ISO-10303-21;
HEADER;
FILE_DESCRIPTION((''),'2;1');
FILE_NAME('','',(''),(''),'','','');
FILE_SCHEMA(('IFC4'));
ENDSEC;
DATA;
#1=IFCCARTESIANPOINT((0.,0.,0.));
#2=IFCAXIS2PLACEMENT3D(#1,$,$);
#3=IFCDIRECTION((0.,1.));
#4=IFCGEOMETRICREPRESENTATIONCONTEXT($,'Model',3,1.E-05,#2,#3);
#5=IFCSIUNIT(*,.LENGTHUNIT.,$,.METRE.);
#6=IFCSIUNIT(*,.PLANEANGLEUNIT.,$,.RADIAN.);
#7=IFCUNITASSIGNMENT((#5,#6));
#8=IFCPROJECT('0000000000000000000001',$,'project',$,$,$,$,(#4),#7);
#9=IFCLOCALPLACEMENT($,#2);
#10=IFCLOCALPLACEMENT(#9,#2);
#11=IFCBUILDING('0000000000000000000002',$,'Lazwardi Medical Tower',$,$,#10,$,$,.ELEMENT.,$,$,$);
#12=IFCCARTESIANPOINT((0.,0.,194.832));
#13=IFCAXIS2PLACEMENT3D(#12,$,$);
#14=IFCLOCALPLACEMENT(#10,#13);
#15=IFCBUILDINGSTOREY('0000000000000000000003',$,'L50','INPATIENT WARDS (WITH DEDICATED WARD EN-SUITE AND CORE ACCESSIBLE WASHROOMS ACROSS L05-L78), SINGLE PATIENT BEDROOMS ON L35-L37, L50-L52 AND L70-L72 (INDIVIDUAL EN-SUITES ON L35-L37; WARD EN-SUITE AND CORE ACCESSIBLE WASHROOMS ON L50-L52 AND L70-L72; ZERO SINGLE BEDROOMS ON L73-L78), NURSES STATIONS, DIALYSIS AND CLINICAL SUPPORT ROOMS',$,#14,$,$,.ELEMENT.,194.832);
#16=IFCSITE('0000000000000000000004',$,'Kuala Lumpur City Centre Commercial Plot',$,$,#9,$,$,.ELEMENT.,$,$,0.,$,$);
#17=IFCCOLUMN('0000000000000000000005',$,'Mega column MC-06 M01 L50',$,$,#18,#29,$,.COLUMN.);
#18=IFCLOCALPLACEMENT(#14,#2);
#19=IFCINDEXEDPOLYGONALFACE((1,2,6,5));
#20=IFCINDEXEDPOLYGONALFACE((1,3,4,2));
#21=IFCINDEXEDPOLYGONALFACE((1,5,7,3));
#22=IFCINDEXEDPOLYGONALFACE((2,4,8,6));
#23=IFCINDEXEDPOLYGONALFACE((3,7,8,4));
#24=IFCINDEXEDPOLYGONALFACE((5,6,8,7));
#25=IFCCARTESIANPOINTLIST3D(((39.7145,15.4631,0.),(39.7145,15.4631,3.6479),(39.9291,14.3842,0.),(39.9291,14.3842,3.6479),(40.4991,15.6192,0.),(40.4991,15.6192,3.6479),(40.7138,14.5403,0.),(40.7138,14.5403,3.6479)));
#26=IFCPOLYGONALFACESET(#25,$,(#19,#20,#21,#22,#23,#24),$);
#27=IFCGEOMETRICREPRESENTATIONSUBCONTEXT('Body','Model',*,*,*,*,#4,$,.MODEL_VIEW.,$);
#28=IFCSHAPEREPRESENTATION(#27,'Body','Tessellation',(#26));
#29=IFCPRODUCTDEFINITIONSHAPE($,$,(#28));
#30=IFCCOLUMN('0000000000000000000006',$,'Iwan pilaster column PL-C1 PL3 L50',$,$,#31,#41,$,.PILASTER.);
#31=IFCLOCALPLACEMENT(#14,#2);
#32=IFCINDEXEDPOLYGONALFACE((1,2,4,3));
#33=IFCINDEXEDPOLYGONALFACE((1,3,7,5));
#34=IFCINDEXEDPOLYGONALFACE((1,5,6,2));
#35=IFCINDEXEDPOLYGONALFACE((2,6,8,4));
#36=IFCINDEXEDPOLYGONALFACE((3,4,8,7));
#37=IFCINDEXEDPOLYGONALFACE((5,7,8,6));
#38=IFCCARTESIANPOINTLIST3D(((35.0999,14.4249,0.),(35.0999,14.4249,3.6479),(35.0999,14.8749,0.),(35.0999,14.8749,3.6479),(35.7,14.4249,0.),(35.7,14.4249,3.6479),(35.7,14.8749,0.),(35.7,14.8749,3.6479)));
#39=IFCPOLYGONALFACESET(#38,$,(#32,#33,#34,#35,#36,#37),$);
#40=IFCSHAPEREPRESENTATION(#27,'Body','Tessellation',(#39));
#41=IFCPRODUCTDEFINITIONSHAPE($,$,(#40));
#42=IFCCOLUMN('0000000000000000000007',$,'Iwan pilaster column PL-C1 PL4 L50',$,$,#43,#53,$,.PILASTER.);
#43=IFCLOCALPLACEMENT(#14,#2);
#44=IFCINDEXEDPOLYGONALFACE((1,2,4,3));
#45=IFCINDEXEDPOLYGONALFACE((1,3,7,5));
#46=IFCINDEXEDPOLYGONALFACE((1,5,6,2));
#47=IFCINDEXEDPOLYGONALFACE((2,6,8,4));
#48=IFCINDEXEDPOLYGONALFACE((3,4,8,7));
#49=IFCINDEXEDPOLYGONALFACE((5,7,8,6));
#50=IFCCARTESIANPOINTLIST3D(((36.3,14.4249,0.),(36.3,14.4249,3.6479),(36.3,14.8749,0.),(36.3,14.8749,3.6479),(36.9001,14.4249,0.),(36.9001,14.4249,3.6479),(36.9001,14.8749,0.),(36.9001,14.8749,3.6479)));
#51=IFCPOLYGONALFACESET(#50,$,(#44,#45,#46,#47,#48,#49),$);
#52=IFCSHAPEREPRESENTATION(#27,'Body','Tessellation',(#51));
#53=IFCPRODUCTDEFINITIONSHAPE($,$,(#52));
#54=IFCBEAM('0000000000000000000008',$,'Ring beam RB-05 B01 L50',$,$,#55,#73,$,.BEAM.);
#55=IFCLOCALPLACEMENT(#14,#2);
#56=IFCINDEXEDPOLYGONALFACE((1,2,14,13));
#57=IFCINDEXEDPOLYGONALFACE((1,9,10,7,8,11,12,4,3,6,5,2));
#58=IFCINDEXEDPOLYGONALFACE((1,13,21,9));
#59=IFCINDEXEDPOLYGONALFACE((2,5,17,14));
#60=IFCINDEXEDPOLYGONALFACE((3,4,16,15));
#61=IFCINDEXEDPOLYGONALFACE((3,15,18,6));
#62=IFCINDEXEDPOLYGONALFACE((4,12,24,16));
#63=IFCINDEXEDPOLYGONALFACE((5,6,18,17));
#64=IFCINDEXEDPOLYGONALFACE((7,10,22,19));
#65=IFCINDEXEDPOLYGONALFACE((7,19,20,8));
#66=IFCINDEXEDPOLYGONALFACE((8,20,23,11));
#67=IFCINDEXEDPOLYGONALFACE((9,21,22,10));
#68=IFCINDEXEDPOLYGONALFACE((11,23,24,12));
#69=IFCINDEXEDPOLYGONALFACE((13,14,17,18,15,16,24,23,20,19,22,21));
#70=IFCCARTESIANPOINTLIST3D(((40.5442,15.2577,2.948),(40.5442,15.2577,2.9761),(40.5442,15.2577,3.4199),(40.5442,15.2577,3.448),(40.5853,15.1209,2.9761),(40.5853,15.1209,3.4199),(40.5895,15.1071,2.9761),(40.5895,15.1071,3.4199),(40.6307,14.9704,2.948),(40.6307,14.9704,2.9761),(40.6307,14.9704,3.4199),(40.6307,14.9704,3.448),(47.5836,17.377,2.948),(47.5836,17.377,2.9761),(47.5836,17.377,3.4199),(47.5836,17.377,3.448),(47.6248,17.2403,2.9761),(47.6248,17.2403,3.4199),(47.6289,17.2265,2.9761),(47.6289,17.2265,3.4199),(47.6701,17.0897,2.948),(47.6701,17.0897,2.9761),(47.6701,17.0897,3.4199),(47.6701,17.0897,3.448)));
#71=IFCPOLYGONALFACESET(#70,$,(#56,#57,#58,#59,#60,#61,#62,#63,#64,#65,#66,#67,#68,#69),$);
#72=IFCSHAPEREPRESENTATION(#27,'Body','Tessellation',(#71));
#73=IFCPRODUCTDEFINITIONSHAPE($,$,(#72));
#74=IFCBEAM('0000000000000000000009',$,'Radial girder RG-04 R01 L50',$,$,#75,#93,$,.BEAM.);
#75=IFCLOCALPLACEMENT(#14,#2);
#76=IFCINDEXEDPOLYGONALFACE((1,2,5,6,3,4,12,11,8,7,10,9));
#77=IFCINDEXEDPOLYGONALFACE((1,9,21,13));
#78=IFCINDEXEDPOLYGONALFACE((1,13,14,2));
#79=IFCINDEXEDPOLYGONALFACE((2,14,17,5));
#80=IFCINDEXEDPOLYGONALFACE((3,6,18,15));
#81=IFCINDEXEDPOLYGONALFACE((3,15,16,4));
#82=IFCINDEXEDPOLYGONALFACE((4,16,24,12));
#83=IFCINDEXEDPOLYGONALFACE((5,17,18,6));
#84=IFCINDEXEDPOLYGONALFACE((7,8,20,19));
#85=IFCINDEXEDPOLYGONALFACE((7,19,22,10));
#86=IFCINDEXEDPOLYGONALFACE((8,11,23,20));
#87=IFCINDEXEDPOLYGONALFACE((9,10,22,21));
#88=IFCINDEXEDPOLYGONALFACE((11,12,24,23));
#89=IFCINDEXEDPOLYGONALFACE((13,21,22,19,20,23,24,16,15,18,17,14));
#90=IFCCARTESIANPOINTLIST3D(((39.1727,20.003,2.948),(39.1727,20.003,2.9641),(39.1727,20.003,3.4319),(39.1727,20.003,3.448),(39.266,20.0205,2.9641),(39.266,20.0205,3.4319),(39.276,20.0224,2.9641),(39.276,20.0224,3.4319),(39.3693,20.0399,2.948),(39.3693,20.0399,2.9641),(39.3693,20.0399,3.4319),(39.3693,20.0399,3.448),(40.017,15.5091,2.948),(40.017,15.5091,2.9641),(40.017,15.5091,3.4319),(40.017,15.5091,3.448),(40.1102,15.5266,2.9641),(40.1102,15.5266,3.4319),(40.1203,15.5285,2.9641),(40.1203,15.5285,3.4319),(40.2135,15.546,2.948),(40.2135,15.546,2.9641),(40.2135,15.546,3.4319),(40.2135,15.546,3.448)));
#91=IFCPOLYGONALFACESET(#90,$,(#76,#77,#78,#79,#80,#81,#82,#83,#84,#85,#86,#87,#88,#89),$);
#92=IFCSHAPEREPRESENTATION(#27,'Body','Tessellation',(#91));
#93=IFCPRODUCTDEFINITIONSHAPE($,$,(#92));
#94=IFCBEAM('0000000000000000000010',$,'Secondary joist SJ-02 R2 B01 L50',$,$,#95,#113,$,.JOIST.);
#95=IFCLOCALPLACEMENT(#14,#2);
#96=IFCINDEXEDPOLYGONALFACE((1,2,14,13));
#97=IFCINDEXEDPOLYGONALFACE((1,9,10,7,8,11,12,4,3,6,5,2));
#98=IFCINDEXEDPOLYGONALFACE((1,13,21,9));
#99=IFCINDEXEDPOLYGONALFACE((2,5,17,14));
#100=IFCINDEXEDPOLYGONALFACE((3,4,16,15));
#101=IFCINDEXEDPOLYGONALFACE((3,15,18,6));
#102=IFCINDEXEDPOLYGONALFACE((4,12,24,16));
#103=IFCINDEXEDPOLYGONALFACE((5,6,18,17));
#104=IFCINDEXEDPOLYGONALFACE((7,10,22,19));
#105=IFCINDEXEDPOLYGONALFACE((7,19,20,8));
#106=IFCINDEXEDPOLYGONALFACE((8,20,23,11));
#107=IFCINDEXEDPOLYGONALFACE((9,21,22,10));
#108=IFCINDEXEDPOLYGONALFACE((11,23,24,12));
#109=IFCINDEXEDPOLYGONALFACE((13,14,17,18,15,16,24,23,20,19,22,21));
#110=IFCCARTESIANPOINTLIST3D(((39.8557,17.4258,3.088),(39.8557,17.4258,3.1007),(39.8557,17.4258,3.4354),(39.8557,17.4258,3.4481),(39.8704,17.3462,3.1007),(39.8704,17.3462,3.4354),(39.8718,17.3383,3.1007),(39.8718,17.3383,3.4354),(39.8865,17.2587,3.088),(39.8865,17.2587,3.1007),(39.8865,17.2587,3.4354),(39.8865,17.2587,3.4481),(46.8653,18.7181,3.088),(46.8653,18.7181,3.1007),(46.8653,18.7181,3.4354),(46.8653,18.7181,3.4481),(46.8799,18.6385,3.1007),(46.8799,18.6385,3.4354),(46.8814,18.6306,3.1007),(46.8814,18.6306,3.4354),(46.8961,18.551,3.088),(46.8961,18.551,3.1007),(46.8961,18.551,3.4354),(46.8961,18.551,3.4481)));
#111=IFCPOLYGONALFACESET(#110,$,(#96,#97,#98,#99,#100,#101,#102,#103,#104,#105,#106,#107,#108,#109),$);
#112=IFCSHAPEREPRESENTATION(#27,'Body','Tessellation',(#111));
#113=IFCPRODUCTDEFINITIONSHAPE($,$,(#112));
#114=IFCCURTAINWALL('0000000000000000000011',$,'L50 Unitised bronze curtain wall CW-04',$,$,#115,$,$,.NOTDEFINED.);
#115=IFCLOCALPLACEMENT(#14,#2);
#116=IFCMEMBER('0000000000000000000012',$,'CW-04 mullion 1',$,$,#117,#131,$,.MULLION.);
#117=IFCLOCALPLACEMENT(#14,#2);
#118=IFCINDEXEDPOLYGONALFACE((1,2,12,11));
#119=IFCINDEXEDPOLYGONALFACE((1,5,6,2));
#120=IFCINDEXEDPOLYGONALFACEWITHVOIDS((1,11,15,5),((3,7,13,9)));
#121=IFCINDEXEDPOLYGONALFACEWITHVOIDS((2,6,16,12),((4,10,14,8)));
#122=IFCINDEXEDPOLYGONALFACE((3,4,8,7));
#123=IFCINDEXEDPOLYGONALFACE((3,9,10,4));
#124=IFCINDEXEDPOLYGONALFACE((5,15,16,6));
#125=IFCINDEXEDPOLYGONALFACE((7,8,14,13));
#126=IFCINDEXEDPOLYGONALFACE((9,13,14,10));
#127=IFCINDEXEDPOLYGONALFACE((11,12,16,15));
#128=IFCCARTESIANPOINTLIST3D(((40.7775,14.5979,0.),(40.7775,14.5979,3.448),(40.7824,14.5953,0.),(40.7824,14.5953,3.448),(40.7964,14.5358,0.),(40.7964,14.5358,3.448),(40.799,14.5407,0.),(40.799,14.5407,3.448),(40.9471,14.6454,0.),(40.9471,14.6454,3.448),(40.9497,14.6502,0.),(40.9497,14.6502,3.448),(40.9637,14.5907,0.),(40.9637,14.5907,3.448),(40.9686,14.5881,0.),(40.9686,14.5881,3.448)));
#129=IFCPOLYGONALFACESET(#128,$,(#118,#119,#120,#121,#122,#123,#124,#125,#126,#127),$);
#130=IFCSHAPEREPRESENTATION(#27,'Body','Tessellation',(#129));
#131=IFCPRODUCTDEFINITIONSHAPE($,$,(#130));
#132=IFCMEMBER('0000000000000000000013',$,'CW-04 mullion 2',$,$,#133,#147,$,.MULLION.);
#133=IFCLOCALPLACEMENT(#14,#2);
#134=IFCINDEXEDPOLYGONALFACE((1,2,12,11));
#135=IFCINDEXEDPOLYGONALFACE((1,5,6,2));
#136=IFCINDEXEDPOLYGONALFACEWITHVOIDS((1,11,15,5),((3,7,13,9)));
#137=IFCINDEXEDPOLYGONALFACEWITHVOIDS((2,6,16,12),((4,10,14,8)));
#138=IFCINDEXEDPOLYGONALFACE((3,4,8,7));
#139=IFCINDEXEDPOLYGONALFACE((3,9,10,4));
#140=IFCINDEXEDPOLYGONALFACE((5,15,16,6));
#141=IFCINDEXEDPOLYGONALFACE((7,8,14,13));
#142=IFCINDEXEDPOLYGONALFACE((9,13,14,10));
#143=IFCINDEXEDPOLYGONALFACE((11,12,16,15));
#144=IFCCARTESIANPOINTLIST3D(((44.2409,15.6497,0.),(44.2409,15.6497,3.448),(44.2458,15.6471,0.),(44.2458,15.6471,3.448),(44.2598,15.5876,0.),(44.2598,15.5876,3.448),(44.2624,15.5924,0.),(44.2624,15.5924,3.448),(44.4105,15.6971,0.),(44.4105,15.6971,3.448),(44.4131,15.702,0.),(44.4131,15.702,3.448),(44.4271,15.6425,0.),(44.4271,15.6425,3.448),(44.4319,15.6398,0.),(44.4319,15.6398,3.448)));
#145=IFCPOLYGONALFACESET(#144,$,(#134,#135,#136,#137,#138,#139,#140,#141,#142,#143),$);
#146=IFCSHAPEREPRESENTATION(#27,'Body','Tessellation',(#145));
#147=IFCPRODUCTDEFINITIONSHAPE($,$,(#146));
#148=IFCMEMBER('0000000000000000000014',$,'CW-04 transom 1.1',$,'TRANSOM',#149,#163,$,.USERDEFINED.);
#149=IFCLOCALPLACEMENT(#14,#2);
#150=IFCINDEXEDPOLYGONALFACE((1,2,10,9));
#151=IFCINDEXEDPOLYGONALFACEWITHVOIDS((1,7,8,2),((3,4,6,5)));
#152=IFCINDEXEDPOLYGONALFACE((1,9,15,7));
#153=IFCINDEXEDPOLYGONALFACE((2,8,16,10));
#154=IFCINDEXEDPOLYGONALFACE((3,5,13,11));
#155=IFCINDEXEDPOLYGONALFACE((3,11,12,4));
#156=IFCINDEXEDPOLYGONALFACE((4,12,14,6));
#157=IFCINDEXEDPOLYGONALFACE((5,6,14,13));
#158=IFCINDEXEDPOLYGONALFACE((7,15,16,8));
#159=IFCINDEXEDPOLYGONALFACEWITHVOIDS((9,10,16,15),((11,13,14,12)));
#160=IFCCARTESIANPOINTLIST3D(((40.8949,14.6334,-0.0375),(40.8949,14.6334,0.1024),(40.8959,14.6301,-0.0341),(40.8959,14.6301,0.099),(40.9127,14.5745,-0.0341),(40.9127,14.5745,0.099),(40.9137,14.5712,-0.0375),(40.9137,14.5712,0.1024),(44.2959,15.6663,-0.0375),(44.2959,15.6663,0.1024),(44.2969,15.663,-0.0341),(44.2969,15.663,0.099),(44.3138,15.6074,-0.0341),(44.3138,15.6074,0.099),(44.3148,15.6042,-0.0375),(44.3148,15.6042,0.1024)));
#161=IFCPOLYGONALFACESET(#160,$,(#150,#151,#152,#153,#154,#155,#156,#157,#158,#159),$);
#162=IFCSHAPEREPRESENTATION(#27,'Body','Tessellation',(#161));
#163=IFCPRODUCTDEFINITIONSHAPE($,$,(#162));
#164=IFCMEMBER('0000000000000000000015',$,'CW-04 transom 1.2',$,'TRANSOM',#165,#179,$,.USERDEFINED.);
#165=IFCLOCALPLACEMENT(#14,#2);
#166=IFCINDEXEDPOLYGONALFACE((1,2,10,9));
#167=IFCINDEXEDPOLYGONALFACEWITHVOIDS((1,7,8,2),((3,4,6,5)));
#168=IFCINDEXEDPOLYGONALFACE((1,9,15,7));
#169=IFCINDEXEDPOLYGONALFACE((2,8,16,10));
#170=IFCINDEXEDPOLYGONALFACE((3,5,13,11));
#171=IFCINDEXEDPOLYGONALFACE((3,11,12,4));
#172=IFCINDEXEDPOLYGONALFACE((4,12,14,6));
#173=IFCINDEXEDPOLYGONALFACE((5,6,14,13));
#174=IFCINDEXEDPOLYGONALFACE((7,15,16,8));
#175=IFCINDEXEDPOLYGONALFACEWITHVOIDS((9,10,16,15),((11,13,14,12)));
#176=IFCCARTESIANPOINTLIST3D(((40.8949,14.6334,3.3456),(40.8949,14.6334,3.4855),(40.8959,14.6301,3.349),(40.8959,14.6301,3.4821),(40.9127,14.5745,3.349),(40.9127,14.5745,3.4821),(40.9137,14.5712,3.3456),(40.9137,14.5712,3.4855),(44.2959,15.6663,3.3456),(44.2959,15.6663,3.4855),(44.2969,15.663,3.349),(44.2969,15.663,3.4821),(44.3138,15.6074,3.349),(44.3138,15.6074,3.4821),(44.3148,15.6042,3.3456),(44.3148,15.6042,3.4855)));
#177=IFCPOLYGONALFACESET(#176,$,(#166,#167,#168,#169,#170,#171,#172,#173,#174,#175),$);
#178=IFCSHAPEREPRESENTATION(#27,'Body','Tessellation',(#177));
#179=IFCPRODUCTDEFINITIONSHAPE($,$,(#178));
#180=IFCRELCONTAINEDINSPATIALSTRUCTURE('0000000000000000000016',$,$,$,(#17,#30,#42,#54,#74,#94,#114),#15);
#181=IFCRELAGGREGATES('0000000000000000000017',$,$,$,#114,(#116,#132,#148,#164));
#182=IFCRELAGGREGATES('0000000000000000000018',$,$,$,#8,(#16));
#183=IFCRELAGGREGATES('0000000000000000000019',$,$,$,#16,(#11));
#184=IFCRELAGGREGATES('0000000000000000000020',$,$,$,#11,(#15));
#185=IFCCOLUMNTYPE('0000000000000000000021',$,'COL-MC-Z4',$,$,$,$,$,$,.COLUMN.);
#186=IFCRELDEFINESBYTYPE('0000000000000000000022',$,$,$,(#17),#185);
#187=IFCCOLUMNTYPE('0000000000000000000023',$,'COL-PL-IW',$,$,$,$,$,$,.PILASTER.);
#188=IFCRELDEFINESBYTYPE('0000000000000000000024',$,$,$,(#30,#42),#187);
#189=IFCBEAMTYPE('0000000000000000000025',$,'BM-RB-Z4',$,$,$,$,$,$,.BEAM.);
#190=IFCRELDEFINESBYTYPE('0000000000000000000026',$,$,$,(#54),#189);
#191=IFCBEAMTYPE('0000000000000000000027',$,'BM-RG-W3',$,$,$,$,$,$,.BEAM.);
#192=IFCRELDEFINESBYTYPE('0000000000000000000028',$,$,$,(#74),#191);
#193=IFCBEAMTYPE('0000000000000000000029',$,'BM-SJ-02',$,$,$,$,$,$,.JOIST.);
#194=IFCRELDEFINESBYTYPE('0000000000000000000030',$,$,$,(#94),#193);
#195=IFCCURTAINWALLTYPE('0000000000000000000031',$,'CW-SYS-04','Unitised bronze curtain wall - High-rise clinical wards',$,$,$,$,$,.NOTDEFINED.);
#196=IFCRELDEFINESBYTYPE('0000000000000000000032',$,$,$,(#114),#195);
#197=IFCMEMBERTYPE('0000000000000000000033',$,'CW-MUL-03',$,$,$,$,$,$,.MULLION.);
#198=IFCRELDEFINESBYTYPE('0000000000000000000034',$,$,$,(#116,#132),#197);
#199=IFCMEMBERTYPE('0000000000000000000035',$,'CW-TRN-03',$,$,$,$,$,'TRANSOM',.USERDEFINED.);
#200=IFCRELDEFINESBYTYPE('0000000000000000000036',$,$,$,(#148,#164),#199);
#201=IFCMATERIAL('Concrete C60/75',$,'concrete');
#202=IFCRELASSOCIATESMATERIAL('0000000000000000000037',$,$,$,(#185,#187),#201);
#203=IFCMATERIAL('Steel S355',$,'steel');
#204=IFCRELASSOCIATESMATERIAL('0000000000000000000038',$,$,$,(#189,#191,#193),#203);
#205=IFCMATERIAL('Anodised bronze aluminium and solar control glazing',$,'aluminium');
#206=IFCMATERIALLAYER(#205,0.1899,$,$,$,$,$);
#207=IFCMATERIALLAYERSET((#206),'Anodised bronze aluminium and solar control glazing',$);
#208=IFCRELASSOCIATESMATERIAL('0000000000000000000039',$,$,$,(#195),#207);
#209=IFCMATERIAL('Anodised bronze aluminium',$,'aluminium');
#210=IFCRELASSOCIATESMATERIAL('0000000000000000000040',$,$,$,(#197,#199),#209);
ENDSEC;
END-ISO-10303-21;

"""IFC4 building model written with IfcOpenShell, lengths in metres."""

from ifc_helpers import new_model, si_unit, direction, frame, origin, origin_2d, place, context, subcontext, project, spatial, rectangle, hollow_rectangle, i_section, extrude, material, layer, layer_set, material_profile, profile_set, type_object, element, aggregate, save


model = new_model("IFC4")

# Units and contexts
model_context = context("Model", 3, precision=1e-05, world=origin(), true_north=direction((0.0, 1.0)))
body_context = subcontext(model_context, "Body", "Model", "MODEL_VIEW")
ifc_project = project(units=[si_unit("LENGTHUNIT", "METRE"), si_unit("PLANEANGLEUNIT", "RADIAN")], contexts=[model_context])

# Site, building, storey
site_placement = place(None, origin())
site = spatial("IfcSite", under=ifc_project, at=site_placement, Name="Kuala Lumpur City Centre Commercial Plot", CompositionType="ELEMENT", RefElevation=0.0)
building_placement = place(site_placement, origin())
building = spatial("IfcBuilding", under=site, at=building_placement, Name="Lazwardi Medical Tower", CompositionType="ELEMENT")
storey_placement = place(building_placement, frame((0.0, 0.0, 194.832)))
storey = spatial("IfcBuildingStorey", under=building, at=storey_placement, Name="L50", Description="INPATIENT WARDS (WITH DEDICATED WARD EN-SUITE AND CORE ACCESSIBLE WASHROOMS ACROSS L05-L78), SINGLE PATIENT BEDROOMS ON L35-L37, L50-L52 AND L70-L72 (INDIVIDUAL EN-SUITES ON L35-L37; WARD EN-SUITE AND CORE ACCESSIBLE WASHROOMS ON L50-L52 AND L70-L72; ZERO SINGLE BEDROOMS ON L73-L78), NURSES STATIONS, DIALYSIS AND CLINICAL SUPPORT ROOMS", CompositionType="ELEMENT", Elevation=194.832)

# Columns
ifc_material_1 = material(Name="Concrete C60/75", Category="concrete")
ifc_material_profile_1 = material_profile(ifc_material_1, rectangle(XDim=1.1001, YDim=0.8, at=origin_2d()), Name="CFT-RECT 1100x800")
ifc_profile_set_1 = profile_set([ifc_material_profile_1], Name="Concrete C60/75")
column_type_1 = type_object("IfcColumnType", Name="COL-MC-Z4", PredefinedType="COLUMN", material=ifc_profile_set_1)
column_placement = place(storey_placement, frame((40.2141, 15.0017, 0.0), z_axis=(0.0, 0.0, 1.0), x_axis=(0.19509, -0.980785, 0.0)))
element("IfcColumn", 1, at=column_placement, inside=storey, type_object=column_type_1, Name="Mega column MC-06 M01 L50", PredefinedType="COLUMN", context=body_context, shape_type="SweptSolid", body=[
    extrude(rectangle(XDim=1.1001, YDim=0.8, at=origin_2d()), origin(), (0.0, 0.0, 1.0), 3.6479),
])
ifc_material_profile_2 = material_profile(ifc_material_1, rectangle(XDim=0.6001, YDim=0.45, at=origin_2d()), Name="RC 600x450")
ifc_profile_set_2 = profile_set([ifc_material_profile_2], Name="Concrete C60/75")
column_type_2 = type_object("IfcColumnType", Name="COL-PL-IW", PredefinedType="PILASTER", material=ifc_profile_set_2)
for number, where, z_axis, x_axis, name in (
    (2, (35.3999, 14.6499, 0.0), (0.0, 0.0, 1.0), (1.0, 0.0, 0.0), "Iwan pilaster column PL-C1 PL3 L50"),
    (3, (36.6001, 14.6499, 0.0), (0.0, 0.0, 1.0), (1.0, 0.0, 0.0), "Iwan pilaster column PL-C1 PL4 L50"),
):
    element("IfcColumn", number, at=place(storey_placement, frame(where, z_axis=z_axis, x_axis=x_axis)), inside=storey, type_object=column_type_2, Name=name, PredefinedType="PILASTER", context=body_context, shape_type="SweptSolid", body=[
        extrude(rectangle(XDim=0.6001, YDim=0.45, at=origin_2d()), origin(), (0.0, 0.0, 1.0), 3.6479),
    ])

# Beams
ifc_material_2 = material(Name="Steel S355", Category="steel")
ifc_material_profile_3 = material_profile(ifc_material_2, i_section(OverallWidth=0.3, OverallDepth=0.5, WebThickness=0.0144, FlangeThickness=0.0281, at=origin_2d()), Name="HEB 500")
ifc_profile_set_3 = profile_set([ifc_material_profile_3], Name="Steel S355")
beam_type_1 = type_object("IfcBeamType", Name="BM-RB-Z4", PredefinedType="BEAM", material=ifc_profile_set_3)
beam_1_placement = place(storey_placement, frame((40.5874, 15.114, 3.198), z_axis=(0.957544, 0.288286, 0.0), x_axis=(-0.288286, 0.957544, 0.0)))
element("IfcBeam", 4, at=beam_1_placement, inside=storey, type_object=beam_type_1, Name="Ring beam RB-05 B01 L50", PredefinedType="BEAM", context=body_context, shape_type="SweptSolid", body=[
    extrude(i_section(OverallWidth=0.3, OverallDepth=0.5, WebThickness=0.0144, FlangeThickness=0.0281, at=origin_2d()), origin(), (0.0, 0.0, 1.0), 7.3516),
])
ifc_material_profile_4 = material_profile(ifc_material_2, i_section(OverallWidth=0.2, OverallDepth=0.5, WebThickness=0.0103, FlangeThickness=0.0161, at=origin_2d()), Name="IPE 500")
ifc_profile_set_4 = profile_set([ifc_material_profile_4], Name="Steel S355")
beam_type_2 = type_object("IfcBeamType", Name="BM-RG-W3", PredefinedType="BEAM", material=ifc_profile_set_4)
beam_2_placement = place(storey_placement, frame((40.1152, 15.5276, 3.198), z_axis=(-0.184633, 0.982807, 0.0), x_axis=(-0.982807, -0.184633, 0.0)))
element("IfcBeam", 5, at=beam_2_placement, inside=storey, type_object=beam_type_2, Name="Radial girder RG-04 R01 L50", PredefinedType="BEAM", context=body_context, shape_type="SweptSolid", body=[
    extrude(i_section(OverallWidth=0.2, OverallDepth=0.5, WebThickness=0.0103, FlangeThickness=0.0161, at=origin_2d()), origin(), (0.0, 0.0, 1.0), 4.5725),
])
ifc_material_profile_5 = material_profile(ifc_material_2, i_section(OverallWidth=0.1699, OverallDepth=0.3601, WebThickness=0.0081, FlangeThickness=0.0127, at=origin_2d()), Name="IPE 360")
ifc_profile_set_5 = profile_set([ifc_material_profile_5], Name="Steel S355")
beam_type_3 = type_object("IfcBeamType", Name="BM-SJ-02", PredefinedType="JOIST", material=ifc_profile_set_5)
beam_3_placement = place(storey_placement, frame((39.8711, 17.3423, 3.2681), z_axis=(0.983428, 0.181299, 0.0), x_axis=(-0.181299, 0.983428, 0.0)))
element("IfcBeam", 6, at=beam_3_placement, inside=storey, type_object=beam_type_3, Name="Secondary joist SJ-02 R2 B01 L50", PredefinedType="JOIST", context=body_context, shape_type="SweptSolid", body=[
    extrude(i_section(OverallWidth=0.1699, OverallDepth=0.3601, WebThickness=0.0081, FlangeThickness=0.0127, at=origin_2d()), origin(), (0.0, 0.0, 1.0), 7.1277),
])

# Curtain wall, members
ifc_material_3 = material(Name="Anodised bronze aluminium and solar control glazing", Category="aluminium")
ifc_layer_1 = layer(ifc_material_3, 0.1899)
ifc_layer_set_1 = layer_set([ifc_layer_1], Name="Anodised bronze aluminium and solar control glazing")
curtain_wall_type = type_object("IfcCurtainWallType", Name="CW-SYS-04", Description="Unitised bronze curtain wall - High-rise clinical wards", PredefinedType="NOTDEFINED", material=ifc_layer_set_1)
curtain_wall_placement = place(storey_placement, origin())
curtain_wall = element("IfcCurtainWall", 7, at=curtain_wall_placement, inside=storey, type_object=curtain_wall_type, Name="L50 Unitised bronze curtain wall CW-04", PredefinedType="NOTDEFINED")
ifc_material_4 = material(Name="Anodised bronze aluminium", Category="aluminium")
ifc_material_profile_6 = material_profile(ifc_material_4, hollow_rectangle(XDim=0.0649, YDim=0.1799, WallThickness=0.0039, at=origin_2d()), Name="ALU-MULLION 180x65x4")
ifc_profile_set_6 = profile_set([ifc_material_profile_6], Name="Anodised bronze aluminium")
member_type_1 = type_object("IfcMemberType", Name="CW-MUL-03", PredefinedType="MULLION", material=ifc_profile_set_6)
member_1_placement = place(storey_placement, frame((40.873, 14.593, 0.0), z_axis=(0.0, 0.0, 1.0), x_axis=(-0.290582, 0.95685, 0.0)))
member_1 = element("IfcMember", 8, at=member_1_placement, type_object=member_type_1, Name="CW-04 mullion 1", PredefinedType="MULLION", context=body_context, shape_type="SweptSolid", body=[
    extrude(hollow_rectangle(XDim=0.0649, YDim=0.1799, WallThickness=0.0039, at=origin_2d()), origin(), (0.0, 0.0, 1.0), 3.448),
])
member_2_placement = place(storey_placement, frame((44.3364, 15.6448, 0.0), z_axis=(0.0, 0.0, 1.0), x_axis=(-0.290582, 0.95685, 0.0)))
member_2 = element("IfcMember", 9, at=member_2_placement, type_object=member_type_1, Name="CW-04 mullion 2", PredefinedType="MULLION", context=body_context, shape_type="SweptSolid", body=[
    extrude(hollow_rectangle(XDim=0.0649, YDim=0.1799, WallThickness=0.0039, at=origin_2d()), origin(), (0.0, 0.0, 1.0), 3.448),
])
ifc_material_profile_7 = material_profile(ifc_material_4, hollow_rectangle(XDim=0.0649, YDim=0.1399, WallThickness=0.0034, at=origin_2d()), Name="ALU-TRANSOM 140x65x3.5")
ifc_profile_set_7 = profile_set([ifc_material_profile_7], Name="Anodised bronze aluminium")
member_type_2 = type_object("IfcMemberType", Name="CW-TRN-03", ElementType="TRANSOM", PredefinedType="USERDEFINED", material=ifc_profile_set_7)
member_3_placement = place(storey_placement, frame((40.9043, 14.6023, 0.0325), z_axis=(0.956843, 0.290604, 0.0), x_axis=(-0.290604, 0.956843, 0.0)))
member_3 = element("IfcMember", 10, at=member_3_placement, type_object=member_type_2, Name="CW-04 transom 1.1", ObjectType="TRANSOM", PredefinedType="USERDEFINED", context=body_context, shape_type="SweptSolid", body=[
    extrude(hollow_rectangle(XDim=0.0649, YDim=0.1399, WallThickness=0.0034, at=origin_2d()), origin(), (0.0, 0.0, 1.0), 3.5544),
])
member_4_placement = place(storey_placement, frame((40.9043, 14.6023, 3.4155), z_axis=(0.956843, 0.290604, 0.0), x_axis=(-0.290604, 0.956843, 0.0)))
member_4 = element("IfcMember", 11, at=member_4_placement, type_object=member_type_2, Name="CW-04 transom 1.2", ObjectType="TRANSOM", PredefinedType="USERDEFINED", context=body_context, shape_type="SweptSolid", body=[
    extrude(hollow_rectangle(XDim=0.0649, YDim=0.1399, WallThickness=0.0034, at=origin_2d()), origin(), (0.0, 0.0, 1.0), 3.5544),
])
aggregate(curtain_wall, [member_1, member_2, member_3, member_4])

save(model, "model.ifc")
